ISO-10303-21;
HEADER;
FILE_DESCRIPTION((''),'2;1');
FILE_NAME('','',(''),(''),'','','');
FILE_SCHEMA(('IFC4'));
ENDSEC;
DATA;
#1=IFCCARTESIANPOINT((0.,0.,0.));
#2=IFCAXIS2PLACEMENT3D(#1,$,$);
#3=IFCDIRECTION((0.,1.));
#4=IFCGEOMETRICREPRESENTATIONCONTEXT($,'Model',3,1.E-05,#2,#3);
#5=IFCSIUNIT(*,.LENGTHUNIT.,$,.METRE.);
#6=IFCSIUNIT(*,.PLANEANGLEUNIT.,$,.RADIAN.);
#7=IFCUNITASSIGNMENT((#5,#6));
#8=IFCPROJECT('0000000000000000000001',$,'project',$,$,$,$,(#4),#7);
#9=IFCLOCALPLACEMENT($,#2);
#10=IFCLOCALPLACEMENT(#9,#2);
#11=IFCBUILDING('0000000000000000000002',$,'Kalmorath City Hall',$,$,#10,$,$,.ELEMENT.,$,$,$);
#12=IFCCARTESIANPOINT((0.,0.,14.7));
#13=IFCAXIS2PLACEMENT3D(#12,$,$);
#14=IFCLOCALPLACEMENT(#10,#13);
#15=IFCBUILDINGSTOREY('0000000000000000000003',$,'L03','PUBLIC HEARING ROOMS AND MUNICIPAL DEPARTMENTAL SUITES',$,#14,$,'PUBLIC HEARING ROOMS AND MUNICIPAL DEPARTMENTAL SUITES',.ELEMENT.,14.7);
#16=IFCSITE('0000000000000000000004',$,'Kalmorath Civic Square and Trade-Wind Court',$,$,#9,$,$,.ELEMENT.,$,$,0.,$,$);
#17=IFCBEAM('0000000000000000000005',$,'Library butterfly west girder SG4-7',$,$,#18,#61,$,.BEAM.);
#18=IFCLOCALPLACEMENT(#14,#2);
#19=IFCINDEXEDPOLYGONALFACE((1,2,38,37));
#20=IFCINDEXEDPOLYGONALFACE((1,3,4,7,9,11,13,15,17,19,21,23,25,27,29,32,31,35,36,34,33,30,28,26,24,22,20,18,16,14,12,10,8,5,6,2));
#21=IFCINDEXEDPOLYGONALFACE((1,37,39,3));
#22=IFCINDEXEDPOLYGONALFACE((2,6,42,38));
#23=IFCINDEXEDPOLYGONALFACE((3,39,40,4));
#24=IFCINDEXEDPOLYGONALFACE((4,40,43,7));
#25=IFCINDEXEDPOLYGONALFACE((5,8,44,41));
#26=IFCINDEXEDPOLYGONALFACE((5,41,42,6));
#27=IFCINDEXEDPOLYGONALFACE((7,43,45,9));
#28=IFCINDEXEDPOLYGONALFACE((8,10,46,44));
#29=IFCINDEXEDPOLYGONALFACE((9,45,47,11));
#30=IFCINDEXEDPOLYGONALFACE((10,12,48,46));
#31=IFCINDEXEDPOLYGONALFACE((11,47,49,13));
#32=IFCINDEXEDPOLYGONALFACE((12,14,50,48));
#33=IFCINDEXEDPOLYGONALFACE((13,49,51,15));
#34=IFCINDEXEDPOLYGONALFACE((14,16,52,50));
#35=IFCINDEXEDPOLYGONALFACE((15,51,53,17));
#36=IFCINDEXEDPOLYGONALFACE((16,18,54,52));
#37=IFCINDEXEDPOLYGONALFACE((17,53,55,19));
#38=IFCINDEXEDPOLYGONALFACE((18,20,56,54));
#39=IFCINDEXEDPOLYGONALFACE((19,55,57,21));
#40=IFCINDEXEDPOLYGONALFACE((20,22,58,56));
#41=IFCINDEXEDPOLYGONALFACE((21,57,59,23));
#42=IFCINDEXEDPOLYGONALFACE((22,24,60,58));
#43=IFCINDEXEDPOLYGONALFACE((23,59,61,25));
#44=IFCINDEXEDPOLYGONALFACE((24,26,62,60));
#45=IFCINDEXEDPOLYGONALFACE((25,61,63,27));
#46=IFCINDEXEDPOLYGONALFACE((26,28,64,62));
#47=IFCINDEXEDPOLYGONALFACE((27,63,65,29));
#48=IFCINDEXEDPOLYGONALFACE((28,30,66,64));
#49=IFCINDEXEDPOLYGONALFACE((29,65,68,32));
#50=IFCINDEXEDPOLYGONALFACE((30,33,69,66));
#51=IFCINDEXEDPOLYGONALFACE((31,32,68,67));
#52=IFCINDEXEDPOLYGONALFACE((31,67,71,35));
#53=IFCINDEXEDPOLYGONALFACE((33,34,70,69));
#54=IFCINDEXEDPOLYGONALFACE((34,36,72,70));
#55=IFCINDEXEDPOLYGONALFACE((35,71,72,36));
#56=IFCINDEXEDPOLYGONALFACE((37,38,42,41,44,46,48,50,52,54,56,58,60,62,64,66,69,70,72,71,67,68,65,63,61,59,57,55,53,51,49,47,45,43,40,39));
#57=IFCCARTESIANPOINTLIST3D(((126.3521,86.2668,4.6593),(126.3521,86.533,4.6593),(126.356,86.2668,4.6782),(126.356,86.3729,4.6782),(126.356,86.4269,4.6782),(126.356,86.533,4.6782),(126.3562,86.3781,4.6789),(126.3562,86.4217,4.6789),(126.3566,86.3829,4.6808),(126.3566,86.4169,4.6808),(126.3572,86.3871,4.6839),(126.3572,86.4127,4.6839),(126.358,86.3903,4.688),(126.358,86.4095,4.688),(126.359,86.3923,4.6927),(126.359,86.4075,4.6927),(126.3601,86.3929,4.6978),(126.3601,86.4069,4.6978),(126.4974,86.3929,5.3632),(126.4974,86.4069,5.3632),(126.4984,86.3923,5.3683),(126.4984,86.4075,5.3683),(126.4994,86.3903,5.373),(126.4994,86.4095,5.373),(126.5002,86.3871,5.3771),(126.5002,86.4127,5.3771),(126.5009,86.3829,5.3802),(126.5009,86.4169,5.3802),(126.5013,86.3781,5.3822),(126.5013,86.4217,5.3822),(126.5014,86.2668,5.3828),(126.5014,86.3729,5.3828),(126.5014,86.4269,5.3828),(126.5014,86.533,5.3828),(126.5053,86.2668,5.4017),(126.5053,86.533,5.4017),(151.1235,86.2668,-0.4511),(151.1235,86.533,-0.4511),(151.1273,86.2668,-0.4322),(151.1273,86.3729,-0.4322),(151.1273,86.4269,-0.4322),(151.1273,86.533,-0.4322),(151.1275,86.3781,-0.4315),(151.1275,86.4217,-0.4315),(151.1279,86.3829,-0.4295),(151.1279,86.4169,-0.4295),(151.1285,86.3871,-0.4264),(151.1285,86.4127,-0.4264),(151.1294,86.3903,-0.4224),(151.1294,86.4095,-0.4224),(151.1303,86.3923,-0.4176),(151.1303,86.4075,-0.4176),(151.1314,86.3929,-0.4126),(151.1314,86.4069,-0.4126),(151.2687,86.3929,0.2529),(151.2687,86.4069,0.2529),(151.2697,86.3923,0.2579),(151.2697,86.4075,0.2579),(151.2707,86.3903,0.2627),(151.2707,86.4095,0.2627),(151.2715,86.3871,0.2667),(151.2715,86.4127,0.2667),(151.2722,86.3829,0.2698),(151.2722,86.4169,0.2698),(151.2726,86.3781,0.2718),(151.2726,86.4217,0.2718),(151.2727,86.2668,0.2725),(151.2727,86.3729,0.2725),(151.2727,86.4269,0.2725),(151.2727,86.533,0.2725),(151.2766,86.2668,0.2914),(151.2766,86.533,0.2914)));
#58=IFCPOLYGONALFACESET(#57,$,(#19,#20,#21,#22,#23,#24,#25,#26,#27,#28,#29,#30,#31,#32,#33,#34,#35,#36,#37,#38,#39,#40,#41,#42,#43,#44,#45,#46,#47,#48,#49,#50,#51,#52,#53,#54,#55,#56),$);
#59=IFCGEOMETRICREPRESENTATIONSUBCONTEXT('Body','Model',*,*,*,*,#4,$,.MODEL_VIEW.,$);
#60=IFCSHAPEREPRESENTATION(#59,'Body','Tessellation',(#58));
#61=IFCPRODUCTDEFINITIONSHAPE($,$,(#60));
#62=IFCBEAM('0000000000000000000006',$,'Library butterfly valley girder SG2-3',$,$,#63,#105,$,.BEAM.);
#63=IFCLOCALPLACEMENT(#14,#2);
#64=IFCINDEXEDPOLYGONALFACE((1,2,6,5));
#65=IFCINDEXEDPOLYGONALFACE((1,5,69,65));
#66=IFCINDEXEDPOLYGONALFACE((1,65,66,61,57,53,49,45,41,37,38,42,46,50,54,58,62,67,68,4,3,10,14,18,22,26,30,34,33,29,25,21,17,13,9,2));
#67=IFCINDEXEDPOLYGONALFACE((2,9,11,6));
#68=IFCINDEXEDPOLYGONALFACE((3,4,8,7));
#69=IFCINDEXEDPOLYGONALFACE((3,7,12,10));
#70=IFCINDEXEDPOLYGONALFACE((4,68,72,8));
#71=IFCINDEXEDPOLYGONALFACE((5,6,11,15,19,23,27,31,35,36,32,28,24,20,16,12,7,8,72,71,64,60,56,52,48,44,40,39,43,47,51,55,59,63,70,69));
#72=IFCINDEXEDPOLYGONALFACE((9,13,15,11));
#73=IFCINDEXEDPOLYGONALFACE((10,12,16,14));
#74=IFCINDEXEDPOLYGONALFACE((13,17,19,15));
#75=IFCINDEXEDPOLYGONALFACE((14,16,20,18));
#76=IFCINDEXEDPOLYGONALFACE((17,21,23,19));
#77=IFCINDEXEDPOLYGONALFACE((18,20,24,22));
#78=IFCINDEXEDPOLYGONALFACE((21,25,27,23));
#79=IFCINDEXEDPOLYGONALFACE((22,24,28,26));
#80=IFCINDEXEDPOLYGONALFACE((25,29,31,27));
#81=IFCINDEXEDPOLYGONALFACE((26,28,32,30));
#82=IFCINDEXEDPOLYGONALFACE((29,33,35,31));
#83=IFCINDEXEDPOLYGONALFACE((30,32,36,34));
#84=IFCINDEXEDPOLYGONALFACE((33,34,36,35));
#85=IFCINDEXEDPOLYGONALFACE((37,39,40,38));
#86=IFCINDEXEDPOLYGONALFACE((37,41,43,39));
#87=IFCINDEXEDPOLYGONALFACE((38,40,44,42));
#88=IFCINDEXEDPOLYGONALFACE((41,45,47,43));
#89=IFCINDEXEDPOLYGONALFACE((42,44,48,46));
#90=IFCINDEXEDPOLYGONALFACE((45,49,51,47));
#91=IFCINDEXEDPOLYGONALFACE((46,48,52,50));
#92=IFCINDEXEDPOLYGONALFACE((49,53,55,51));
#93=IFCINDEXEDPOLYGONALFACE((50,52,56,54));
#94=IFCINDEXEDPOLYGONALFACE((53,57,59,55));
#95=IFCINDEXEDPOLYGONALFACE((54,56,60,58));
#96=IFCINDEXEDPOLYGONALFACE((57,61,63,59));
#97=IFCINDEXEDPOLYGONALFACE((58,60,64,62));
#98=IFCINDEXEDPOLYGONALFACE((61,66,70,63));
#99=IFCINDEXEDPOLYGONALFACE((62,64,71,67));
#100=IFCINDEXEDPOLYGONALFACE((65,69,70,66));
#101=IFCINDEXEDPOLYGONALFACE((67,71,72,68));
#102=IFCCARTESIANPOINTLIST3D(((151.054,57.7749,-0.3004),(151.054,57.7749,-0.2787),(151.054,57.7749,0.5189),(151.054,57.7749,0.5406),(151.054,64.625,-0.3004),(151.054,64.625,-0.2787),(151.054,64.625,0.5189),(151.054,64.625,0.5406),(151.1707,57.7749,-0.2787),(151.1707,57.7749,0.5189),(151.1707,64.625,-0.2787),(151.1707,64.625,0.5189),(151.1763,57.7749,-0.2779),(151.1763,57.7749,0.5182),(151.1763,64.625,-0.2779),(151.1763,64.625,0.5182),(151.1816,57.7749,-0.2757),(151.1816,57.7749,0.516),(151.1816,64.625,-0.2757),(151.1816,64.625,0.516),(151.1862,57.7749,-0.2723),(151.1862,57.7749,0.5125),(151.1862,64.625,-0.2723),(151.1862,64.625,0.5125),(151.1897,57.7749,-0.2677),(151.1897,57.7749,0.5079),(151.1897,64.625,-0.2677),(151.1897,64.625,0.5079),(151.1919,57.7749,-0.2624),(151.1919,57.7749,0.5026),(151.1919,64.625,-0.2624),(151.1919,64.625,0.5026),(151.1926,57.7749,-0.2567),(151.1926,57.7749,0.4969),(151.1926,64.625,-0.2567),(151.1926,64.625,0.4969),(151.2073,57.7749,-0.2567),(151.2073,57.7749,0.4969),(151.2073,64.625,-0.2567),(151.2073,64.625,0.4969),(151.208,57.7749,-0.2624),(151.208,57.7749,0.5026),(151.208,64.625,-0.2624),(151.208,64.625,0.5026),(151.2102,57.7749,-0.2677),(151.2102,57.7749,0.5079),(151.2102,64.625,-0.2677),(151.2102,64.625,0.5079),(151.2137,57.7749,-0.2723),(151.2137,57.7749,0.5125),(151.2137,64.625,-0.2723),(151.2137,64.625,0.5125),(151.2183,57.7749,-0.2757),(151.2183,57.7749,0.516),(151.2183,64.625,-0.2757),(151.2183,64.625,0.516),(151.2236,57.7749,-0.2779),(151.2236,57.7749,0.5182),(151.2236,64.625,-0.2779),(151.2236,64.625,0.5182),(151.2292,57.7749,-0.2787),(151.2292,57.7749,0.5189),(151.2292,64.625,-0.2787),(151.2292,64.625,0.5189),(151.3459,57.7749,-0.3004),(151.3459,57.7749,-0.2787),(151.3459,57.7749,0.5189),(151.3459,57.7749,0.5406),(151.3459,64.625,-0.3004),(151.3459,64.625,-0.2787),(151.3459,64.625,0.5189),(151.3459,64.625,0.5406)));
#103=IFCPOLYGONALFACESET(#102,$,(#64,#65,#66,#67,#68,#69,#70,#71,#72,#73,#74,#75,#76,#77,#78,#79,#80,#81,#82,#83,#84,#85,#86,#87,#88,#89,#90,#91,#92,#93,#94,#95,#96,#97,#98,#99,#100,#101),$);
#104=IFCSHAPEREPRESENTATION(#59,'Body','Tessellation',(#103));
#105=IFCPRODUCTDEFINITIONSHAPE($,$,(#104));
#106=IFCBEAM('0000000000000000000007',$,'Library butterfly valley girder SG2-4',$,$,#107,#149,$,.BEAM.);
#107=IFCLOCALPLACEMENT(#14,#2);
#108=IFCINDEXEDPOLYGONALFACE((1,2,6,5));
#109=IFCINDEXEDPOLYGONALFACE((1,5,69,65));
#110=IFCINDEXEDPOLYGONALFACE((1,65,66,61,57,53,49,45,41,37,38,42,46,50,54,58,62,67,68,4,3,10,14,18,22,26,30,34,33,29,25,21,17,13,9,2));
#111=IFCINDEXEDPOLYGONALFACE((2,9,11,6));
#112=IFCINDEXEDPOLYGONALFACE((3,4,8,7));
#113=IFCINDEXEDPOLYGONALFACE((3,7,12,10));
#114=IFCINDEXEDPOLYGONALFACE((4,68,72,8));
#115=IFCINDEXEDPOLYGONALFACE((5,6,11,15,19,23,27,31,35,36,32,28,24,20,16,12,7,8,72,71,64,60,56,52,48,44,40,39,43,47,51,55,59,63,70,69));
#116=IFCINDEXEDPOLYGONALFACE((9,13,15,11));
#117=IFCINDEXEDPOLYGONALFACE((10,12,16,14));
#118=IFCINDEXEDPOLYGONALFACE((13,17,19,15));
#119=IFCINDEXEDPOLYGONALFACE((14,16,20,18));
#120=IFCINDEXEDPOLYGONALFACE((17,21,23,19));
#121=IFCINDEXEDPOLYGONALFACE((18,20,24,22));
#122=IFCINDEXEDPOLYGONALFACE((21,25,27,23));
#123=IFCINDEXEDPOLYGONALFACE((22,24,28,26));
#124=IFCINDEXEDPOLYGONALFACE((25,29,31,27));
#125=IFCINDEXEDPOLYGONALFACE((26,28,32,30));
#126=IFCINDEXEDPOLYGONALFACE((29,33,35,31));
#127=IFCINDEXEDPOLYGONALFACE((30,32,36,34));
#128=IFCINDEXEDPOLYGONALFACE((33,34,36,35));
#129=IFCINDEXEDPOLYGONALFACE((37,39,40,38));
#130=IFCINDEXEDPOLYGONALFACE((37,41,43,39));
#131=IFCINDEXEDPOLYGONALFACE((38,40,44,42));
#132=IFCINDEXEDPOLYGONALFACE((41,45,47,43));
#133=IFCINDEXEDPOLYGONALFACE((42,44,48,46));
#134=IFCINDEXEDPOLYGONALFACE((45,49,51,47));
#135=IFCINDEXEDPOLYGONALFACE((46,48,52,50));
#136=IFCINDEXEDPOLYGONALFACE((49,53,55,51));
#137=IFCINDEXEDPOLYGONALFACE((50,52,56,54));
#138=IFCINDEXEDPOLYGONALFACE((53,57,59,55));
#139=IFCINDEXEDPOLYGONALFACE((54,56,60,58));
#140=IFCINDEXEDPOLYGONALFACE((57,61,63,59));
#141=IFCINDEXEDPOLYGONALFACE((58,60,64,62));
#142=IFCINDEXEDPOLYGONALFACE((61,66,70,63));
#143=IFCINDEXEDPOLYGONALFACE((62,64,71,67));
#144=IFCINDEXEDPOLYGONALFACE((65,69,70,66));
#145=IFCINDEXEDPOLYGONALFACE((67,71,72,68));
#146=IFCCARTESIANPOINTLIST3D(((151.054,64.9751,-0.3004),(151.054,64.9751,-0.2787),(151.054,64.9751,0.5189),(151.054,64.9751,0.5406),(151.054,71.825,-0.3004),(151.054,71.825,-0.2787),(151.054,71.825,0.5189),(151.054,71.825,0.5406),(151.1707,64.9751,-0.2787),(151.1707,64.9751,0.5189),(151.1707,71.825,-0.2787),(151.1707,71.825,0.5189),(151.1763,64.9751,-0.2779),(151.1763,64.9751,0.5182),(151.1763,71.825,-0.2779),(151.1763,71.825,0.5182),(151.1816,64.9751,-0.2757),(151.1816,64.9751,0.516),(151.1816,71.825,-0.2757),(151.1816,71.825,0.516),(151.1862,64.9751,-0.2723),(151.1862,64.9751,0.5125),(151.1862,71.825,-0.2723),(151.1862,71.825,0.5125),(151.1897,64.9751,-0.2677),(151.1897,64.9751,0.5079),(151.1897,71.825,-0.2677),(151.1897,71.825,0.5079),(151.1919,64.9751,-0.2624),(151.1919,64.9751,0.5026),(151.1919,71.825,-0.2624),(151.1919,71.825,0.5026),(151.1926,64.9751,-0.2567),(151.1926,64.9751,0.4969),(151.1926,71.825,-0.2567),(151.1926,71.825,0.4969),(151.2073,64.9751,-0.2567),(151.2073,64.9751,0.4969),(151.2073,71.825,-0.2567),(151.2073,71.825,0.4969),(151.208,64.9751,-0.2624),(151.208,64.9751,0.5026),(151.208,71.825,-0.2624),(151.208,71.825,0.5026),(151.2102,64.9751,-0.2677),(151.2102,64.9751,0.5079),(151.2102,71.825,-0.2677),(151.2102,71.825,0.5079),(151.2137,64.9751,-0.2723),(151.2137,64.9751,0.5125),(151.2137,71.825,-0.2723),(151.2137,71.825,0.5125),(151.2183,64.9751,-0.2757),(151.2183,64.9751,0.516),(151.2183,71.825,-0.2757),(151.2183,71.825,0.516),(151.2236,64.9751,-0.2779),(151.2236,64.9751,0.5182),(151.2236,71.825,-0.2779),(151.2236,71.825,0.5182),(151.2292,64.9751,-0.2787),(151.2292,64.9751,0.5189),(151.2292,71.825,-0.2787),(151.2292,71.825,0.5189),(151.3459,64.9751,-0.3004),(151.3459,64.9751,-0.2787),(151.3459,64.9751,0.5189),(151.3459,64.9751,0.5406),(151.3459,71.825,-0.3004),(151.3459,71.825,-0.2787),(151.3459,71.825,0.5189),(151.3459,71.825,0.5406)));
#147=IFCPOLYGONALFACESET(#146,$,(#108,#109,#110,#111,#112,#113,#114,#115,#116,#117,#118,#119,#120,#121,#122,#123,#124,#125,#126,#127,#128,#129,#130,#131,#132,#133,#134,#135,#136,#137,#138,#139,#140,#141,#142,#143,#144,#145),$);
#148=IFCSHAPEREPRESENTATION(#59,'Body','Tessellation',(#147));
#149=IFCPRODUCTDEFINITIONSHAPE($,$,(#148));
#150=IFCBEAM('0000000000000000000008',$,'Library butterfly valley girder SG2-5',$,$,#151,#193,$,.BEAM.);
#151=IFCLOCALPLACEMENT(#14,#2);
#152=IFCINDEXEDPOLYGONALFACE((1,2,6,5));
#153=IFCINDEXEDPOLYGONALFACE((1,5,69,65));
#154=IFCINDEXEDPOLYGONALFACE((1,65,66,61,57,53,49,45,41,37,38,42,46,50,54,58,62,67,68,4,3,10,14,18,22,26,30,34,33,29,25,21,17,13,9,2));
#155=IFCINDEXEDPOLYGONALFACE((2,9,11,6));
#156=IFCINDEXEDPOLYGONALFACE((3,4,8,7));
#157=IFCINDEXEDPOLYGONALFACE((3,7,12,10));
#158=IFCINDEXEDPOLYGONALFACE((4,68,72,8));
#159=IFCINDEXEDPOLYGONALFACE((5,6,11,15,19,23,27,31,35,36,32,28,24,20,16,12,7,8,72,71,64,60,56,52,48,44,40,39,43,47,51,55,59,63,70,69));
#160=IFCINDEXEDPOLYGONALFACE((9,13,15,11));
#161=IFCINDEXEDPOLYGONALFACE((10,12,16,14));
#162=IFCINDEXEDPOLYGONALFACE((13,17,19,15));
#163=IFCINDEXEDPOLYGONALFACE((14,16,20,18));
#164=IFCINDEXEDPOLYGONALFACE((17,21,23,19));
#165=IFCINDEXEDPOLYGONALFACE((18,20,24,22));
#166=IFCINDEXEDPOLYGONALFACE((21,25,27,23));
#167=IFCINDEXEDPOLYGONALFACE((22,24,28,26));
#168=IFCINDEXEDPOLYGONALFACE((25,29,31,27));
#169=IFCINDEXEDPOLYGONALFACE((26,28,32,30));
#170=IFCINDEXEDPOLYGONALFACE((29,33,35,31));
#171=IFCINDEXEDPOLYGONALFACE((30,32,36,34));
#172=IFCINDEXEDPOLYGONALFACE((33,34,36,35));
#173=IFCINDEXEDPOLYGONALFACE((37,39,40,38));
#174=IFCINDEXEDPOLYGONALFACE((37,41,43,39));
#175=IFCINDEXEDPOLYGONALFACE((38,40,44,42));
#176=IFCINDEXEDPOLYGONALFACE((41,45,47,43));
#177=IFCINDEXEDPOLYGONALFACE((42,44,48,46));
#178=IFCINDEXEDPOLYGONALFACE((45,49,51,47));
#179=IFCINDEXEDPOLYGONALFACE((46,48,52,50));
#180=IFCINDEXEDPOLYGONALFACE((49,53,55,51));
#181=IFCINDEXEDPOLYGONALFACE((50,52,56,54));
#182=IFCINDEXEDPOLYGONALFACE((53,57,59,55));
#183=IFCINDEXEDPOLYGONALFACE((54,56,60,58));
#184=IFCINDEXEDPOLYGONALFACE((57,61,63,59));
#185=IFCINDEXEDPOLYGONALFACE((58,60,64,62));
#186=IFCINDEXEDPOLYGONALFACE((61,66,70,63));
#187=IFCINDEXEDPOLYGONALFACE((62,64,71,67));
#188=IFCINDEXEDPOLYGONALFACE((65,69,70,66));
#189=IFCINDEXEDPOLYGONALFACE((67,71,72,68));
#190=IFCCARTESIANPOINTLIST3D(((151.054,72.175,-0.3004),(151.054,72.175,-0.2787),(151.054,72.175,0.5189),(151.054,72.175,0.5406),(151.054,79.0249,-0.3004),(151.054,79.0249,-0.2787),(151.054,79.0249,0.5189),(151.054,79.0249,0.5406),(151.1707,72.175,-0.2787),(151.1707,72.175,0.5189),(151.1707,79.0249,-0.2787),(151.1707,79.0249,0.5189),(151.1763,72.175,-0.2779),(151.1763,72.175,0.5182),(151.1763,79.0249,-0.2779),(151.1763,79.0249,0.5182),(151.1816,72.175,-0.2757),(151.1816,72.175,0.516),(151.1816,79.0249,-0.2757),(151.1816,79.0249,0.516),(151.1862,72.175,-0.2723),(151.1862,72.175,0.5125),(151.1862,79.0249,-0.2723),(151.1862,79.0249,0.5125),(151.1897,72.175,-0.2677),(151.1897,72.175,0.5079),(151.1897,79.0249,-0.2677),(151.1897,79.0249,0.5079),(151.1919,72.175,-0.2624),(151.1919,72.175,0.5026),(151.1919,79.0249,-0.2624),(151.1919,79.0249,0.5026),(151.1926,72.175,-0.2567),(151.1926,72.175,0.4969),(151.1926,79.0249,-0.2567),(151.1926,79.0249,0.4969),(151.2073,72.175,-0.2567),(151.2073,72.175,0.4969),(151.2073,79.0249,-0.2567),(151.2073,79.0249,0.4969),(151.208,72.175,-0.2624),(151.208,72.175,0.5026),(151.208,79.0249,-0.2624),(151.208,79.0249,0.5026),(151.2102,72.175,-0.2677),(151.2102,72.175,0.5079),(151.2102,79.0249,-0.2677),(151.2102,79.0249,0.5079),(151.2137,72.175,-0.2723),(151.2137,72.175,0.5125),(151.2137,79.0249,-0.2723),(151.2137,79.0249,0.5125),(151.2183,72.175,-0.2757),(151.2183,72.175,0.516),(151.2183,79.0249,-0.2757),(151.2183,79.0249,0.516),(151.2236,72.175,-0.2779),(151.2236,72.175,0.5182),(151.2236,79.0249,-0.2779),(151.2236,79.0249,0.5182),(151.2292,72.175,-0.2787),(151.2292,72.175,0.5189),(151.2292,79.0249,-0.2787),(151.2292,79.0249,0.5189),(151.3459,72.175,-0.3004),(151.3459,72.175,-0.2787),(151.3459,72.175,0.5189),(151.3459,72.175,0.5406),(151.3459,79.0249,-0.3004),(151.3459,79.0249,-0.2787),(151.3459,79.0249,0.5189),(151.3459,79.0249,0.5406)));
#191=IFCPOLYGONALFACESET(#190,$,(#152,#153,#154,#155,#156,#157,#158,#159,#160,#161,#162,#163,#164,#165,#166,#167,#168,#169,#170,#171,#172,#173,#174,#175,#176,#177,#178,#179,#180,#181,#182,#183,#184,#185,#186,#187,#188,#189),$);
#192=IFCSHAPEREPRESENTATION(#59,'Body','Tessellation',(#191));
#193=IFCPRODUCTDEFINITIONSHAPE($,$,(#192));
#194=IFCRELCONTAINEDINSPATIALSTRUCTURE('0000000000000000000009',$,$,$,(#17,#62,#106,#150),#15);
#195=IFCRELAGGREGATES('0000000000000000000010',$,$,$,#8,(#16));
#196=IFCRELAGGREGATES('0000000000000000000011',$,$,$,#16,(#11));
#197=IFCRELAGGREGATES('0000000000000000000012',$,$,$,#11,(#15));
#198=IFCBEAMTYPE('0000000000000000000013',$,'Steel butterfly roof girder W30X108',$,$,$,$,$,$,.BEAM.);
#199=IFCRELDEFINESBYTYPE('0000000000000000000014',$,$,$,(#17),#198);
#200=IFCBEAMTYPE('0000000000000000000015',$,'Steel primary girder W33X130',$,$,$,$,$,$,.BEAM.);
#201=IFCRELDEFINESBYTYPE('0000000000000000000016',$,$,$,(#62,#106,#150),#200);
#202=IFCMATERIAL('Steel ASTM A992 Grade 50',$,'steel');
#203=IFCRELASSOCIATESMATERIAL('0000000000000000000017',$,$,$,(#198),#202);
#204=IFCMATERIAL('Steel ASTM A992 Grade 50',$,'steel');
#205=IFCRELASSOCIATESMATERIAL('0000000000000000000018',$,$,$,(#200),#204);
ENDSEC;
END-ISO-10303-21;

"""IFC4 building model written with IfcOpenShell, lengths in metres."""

from ifc_helpers import new_model, si_unit, direction, frame, origin, origin_2d, place, context, subcontext, project, spatial, i_section, extrude, material, material_profile, profile_set, type_object, element, save


model = new_model("IFC4")

# Units and contexts
model_context = context("Model", 3, precision=1e-05, world=origin(), true_north=direction((0.0, 1.0)))
body_context = subcontext(model_context, "Body", "Model", "MODEL_VIEW")
ifc_project = project(units=[si_unit("LENGTHUNIT", "METRE"), si_unit("PLANEANGLEUNIT", "RADIAN")], contexts=[model_context])

# Site, building, storey
site_placement = place(None, origin())
site = spatial("IfcSite", under=ifc_project, at=site_placement, Name="Kalmorath Civic Square and Trade-Wind Court", CompositionType="ELEMENT", RefElevation=0.0)
building_placement = place(site_placement, origin())
building = spatial("IfcBuilding", under=site, at=building_placement, Name="Kalmorath City Hall", CompositionType="ELEMENT")
storey_placement = place(building_placement, frame((0.0, 0.0, 14.7)))
storey = spatial("IfcBuildingStorey", under=building, at=storey_placement, Name="L03", Description="PUBLIC HEARING ROOMS AND MUNICIPAL DEPARTMENTAL SUITES", LongName="PUBLIC HEARING ROOMS AND MUNICIPAL DEPARTMENTAL SUITES", CompositionType="ELEMENT", Elevation=14.7)

# Beams
ifc_material_1 = material(Name="Steel ASTM A992 Grade 50", Category="steel")
ifc_material_profile_1 = material_profile(ifc_material_1, i_section(OverallWidth=0.2661, OverallDepth=0.7581, WebThickness=0.0139, FlangeThickness=0.0193, FilletRadius=0.02, at=origin_2d()), Name="W30X108")
ifc_profile_set_1 = profile_set([ifc_material_profile_1], Name="Steel ASTM A992 Grade 50")
beam_type_1 = type_object("IfcBeamType", Name="Steel butterfly roof girder W30X108", PredefinedType="BEAM", material=ifc_profile_set_1)
beam_1_placement = place(storey_placement, frame((126.4287, 86.3999, 5.0305), z_axis=(0.979376, 0.0, -0.202047), x_axis=(0.0, 1.0, 0.0)))
element("IfcBeam", 1, at=beam_1_placement, inside=storey, type_object=beam_type_1, Name="Library butterfly west girder SG4-7", PredefinedType="BEAM", context=body_context, shape_type="SweptSolid", body=[
    extrude(i_section(OverallWidth=0.2661, OverallDepth=0.7581, WebThickness=0.0139, FlangeThickness=0.0193, FilletRadius=0.02, at=origin_2d()), origin(), (0.0, 0.0, 1.0), 25.293),
])
ifc_material_2 = material(Name="Steel ASTM A992 Grade 50", Category="steel")
ifc_material_profile_2 = material_profile(ifc_material_2, i_section(OverallWidth=0.292, OverallDepth=0.8411, WebThickness=0.0146, FlangeThickness=0.0217, FilletRadius=0.022, at=origin_2d()), Name="W33X130")
ifc_profile_set_2 = profile_set([ifc_material_profile_2], Name="Steel ASTM A992 Grade 50")
beam_type_2 = type_object("IfcBeamType", Name="Steel primary girder W33X130", PredefinedType="BEAM", material=ifc_profile_set_2)
beam_2_placement = place(storey_placement, frame((151.2, 57.7749, 0.1201), z_axis=(0.0, 1.0, 0.0), x_axis=(-1.0, 0.0, 0.0)))
element("IfcBeam", 2, at=beam_2_placement, inside=storey, type_object=beam_type_2, Name="Library butterfly valley girder SG2-3", PredefinedType="BEAM", context=body_context, shape_type="SweptSolid", body=[
    extrude(i_section(OverallWidth=0.292, OverallDepth=0.8411, WebThickness=0.0146, FlangeThickness=0.0217, FilletRadius=0.022, at=origin_2d()), origin(), (0.0, 0.0, 1.0), 6.8501),
])
for number, where, z_axis, x_axis, name in (
    (3, (151.2, 64.9751, 0.1201), (0.0, 1.0, 0.0), (-1.0, 0.0, 0.0), "Library butterfly valley girder SG2-4"),
    (4, (151.2, 72.175, 0.1201), (0.0, 1.0, 0.0), (-1.0, 0.0, 0.0), "Library butterfly valley girder SG2-5"),
):
    element("IfcBeam", number, at=place(storey_placement, frame(where, z_axis=z_axis, x_axis=x_axis)), inside=storey, type_object=beam_type_2, Name=name, PredefinedType="BEAM", context=body_context, shape_type="SweptSolid", body=[
        extrude(i_section(OverallWidth=0.292, OverallDepth=0.8411, WebThickness=0.0146, FlangeThickness=0.0217, FilletRadius=0.022, at=origin_2d()), origin(), (0.0, 0.0, 1.0), 6.8499),
    ])

save(model, "model.ifc")
